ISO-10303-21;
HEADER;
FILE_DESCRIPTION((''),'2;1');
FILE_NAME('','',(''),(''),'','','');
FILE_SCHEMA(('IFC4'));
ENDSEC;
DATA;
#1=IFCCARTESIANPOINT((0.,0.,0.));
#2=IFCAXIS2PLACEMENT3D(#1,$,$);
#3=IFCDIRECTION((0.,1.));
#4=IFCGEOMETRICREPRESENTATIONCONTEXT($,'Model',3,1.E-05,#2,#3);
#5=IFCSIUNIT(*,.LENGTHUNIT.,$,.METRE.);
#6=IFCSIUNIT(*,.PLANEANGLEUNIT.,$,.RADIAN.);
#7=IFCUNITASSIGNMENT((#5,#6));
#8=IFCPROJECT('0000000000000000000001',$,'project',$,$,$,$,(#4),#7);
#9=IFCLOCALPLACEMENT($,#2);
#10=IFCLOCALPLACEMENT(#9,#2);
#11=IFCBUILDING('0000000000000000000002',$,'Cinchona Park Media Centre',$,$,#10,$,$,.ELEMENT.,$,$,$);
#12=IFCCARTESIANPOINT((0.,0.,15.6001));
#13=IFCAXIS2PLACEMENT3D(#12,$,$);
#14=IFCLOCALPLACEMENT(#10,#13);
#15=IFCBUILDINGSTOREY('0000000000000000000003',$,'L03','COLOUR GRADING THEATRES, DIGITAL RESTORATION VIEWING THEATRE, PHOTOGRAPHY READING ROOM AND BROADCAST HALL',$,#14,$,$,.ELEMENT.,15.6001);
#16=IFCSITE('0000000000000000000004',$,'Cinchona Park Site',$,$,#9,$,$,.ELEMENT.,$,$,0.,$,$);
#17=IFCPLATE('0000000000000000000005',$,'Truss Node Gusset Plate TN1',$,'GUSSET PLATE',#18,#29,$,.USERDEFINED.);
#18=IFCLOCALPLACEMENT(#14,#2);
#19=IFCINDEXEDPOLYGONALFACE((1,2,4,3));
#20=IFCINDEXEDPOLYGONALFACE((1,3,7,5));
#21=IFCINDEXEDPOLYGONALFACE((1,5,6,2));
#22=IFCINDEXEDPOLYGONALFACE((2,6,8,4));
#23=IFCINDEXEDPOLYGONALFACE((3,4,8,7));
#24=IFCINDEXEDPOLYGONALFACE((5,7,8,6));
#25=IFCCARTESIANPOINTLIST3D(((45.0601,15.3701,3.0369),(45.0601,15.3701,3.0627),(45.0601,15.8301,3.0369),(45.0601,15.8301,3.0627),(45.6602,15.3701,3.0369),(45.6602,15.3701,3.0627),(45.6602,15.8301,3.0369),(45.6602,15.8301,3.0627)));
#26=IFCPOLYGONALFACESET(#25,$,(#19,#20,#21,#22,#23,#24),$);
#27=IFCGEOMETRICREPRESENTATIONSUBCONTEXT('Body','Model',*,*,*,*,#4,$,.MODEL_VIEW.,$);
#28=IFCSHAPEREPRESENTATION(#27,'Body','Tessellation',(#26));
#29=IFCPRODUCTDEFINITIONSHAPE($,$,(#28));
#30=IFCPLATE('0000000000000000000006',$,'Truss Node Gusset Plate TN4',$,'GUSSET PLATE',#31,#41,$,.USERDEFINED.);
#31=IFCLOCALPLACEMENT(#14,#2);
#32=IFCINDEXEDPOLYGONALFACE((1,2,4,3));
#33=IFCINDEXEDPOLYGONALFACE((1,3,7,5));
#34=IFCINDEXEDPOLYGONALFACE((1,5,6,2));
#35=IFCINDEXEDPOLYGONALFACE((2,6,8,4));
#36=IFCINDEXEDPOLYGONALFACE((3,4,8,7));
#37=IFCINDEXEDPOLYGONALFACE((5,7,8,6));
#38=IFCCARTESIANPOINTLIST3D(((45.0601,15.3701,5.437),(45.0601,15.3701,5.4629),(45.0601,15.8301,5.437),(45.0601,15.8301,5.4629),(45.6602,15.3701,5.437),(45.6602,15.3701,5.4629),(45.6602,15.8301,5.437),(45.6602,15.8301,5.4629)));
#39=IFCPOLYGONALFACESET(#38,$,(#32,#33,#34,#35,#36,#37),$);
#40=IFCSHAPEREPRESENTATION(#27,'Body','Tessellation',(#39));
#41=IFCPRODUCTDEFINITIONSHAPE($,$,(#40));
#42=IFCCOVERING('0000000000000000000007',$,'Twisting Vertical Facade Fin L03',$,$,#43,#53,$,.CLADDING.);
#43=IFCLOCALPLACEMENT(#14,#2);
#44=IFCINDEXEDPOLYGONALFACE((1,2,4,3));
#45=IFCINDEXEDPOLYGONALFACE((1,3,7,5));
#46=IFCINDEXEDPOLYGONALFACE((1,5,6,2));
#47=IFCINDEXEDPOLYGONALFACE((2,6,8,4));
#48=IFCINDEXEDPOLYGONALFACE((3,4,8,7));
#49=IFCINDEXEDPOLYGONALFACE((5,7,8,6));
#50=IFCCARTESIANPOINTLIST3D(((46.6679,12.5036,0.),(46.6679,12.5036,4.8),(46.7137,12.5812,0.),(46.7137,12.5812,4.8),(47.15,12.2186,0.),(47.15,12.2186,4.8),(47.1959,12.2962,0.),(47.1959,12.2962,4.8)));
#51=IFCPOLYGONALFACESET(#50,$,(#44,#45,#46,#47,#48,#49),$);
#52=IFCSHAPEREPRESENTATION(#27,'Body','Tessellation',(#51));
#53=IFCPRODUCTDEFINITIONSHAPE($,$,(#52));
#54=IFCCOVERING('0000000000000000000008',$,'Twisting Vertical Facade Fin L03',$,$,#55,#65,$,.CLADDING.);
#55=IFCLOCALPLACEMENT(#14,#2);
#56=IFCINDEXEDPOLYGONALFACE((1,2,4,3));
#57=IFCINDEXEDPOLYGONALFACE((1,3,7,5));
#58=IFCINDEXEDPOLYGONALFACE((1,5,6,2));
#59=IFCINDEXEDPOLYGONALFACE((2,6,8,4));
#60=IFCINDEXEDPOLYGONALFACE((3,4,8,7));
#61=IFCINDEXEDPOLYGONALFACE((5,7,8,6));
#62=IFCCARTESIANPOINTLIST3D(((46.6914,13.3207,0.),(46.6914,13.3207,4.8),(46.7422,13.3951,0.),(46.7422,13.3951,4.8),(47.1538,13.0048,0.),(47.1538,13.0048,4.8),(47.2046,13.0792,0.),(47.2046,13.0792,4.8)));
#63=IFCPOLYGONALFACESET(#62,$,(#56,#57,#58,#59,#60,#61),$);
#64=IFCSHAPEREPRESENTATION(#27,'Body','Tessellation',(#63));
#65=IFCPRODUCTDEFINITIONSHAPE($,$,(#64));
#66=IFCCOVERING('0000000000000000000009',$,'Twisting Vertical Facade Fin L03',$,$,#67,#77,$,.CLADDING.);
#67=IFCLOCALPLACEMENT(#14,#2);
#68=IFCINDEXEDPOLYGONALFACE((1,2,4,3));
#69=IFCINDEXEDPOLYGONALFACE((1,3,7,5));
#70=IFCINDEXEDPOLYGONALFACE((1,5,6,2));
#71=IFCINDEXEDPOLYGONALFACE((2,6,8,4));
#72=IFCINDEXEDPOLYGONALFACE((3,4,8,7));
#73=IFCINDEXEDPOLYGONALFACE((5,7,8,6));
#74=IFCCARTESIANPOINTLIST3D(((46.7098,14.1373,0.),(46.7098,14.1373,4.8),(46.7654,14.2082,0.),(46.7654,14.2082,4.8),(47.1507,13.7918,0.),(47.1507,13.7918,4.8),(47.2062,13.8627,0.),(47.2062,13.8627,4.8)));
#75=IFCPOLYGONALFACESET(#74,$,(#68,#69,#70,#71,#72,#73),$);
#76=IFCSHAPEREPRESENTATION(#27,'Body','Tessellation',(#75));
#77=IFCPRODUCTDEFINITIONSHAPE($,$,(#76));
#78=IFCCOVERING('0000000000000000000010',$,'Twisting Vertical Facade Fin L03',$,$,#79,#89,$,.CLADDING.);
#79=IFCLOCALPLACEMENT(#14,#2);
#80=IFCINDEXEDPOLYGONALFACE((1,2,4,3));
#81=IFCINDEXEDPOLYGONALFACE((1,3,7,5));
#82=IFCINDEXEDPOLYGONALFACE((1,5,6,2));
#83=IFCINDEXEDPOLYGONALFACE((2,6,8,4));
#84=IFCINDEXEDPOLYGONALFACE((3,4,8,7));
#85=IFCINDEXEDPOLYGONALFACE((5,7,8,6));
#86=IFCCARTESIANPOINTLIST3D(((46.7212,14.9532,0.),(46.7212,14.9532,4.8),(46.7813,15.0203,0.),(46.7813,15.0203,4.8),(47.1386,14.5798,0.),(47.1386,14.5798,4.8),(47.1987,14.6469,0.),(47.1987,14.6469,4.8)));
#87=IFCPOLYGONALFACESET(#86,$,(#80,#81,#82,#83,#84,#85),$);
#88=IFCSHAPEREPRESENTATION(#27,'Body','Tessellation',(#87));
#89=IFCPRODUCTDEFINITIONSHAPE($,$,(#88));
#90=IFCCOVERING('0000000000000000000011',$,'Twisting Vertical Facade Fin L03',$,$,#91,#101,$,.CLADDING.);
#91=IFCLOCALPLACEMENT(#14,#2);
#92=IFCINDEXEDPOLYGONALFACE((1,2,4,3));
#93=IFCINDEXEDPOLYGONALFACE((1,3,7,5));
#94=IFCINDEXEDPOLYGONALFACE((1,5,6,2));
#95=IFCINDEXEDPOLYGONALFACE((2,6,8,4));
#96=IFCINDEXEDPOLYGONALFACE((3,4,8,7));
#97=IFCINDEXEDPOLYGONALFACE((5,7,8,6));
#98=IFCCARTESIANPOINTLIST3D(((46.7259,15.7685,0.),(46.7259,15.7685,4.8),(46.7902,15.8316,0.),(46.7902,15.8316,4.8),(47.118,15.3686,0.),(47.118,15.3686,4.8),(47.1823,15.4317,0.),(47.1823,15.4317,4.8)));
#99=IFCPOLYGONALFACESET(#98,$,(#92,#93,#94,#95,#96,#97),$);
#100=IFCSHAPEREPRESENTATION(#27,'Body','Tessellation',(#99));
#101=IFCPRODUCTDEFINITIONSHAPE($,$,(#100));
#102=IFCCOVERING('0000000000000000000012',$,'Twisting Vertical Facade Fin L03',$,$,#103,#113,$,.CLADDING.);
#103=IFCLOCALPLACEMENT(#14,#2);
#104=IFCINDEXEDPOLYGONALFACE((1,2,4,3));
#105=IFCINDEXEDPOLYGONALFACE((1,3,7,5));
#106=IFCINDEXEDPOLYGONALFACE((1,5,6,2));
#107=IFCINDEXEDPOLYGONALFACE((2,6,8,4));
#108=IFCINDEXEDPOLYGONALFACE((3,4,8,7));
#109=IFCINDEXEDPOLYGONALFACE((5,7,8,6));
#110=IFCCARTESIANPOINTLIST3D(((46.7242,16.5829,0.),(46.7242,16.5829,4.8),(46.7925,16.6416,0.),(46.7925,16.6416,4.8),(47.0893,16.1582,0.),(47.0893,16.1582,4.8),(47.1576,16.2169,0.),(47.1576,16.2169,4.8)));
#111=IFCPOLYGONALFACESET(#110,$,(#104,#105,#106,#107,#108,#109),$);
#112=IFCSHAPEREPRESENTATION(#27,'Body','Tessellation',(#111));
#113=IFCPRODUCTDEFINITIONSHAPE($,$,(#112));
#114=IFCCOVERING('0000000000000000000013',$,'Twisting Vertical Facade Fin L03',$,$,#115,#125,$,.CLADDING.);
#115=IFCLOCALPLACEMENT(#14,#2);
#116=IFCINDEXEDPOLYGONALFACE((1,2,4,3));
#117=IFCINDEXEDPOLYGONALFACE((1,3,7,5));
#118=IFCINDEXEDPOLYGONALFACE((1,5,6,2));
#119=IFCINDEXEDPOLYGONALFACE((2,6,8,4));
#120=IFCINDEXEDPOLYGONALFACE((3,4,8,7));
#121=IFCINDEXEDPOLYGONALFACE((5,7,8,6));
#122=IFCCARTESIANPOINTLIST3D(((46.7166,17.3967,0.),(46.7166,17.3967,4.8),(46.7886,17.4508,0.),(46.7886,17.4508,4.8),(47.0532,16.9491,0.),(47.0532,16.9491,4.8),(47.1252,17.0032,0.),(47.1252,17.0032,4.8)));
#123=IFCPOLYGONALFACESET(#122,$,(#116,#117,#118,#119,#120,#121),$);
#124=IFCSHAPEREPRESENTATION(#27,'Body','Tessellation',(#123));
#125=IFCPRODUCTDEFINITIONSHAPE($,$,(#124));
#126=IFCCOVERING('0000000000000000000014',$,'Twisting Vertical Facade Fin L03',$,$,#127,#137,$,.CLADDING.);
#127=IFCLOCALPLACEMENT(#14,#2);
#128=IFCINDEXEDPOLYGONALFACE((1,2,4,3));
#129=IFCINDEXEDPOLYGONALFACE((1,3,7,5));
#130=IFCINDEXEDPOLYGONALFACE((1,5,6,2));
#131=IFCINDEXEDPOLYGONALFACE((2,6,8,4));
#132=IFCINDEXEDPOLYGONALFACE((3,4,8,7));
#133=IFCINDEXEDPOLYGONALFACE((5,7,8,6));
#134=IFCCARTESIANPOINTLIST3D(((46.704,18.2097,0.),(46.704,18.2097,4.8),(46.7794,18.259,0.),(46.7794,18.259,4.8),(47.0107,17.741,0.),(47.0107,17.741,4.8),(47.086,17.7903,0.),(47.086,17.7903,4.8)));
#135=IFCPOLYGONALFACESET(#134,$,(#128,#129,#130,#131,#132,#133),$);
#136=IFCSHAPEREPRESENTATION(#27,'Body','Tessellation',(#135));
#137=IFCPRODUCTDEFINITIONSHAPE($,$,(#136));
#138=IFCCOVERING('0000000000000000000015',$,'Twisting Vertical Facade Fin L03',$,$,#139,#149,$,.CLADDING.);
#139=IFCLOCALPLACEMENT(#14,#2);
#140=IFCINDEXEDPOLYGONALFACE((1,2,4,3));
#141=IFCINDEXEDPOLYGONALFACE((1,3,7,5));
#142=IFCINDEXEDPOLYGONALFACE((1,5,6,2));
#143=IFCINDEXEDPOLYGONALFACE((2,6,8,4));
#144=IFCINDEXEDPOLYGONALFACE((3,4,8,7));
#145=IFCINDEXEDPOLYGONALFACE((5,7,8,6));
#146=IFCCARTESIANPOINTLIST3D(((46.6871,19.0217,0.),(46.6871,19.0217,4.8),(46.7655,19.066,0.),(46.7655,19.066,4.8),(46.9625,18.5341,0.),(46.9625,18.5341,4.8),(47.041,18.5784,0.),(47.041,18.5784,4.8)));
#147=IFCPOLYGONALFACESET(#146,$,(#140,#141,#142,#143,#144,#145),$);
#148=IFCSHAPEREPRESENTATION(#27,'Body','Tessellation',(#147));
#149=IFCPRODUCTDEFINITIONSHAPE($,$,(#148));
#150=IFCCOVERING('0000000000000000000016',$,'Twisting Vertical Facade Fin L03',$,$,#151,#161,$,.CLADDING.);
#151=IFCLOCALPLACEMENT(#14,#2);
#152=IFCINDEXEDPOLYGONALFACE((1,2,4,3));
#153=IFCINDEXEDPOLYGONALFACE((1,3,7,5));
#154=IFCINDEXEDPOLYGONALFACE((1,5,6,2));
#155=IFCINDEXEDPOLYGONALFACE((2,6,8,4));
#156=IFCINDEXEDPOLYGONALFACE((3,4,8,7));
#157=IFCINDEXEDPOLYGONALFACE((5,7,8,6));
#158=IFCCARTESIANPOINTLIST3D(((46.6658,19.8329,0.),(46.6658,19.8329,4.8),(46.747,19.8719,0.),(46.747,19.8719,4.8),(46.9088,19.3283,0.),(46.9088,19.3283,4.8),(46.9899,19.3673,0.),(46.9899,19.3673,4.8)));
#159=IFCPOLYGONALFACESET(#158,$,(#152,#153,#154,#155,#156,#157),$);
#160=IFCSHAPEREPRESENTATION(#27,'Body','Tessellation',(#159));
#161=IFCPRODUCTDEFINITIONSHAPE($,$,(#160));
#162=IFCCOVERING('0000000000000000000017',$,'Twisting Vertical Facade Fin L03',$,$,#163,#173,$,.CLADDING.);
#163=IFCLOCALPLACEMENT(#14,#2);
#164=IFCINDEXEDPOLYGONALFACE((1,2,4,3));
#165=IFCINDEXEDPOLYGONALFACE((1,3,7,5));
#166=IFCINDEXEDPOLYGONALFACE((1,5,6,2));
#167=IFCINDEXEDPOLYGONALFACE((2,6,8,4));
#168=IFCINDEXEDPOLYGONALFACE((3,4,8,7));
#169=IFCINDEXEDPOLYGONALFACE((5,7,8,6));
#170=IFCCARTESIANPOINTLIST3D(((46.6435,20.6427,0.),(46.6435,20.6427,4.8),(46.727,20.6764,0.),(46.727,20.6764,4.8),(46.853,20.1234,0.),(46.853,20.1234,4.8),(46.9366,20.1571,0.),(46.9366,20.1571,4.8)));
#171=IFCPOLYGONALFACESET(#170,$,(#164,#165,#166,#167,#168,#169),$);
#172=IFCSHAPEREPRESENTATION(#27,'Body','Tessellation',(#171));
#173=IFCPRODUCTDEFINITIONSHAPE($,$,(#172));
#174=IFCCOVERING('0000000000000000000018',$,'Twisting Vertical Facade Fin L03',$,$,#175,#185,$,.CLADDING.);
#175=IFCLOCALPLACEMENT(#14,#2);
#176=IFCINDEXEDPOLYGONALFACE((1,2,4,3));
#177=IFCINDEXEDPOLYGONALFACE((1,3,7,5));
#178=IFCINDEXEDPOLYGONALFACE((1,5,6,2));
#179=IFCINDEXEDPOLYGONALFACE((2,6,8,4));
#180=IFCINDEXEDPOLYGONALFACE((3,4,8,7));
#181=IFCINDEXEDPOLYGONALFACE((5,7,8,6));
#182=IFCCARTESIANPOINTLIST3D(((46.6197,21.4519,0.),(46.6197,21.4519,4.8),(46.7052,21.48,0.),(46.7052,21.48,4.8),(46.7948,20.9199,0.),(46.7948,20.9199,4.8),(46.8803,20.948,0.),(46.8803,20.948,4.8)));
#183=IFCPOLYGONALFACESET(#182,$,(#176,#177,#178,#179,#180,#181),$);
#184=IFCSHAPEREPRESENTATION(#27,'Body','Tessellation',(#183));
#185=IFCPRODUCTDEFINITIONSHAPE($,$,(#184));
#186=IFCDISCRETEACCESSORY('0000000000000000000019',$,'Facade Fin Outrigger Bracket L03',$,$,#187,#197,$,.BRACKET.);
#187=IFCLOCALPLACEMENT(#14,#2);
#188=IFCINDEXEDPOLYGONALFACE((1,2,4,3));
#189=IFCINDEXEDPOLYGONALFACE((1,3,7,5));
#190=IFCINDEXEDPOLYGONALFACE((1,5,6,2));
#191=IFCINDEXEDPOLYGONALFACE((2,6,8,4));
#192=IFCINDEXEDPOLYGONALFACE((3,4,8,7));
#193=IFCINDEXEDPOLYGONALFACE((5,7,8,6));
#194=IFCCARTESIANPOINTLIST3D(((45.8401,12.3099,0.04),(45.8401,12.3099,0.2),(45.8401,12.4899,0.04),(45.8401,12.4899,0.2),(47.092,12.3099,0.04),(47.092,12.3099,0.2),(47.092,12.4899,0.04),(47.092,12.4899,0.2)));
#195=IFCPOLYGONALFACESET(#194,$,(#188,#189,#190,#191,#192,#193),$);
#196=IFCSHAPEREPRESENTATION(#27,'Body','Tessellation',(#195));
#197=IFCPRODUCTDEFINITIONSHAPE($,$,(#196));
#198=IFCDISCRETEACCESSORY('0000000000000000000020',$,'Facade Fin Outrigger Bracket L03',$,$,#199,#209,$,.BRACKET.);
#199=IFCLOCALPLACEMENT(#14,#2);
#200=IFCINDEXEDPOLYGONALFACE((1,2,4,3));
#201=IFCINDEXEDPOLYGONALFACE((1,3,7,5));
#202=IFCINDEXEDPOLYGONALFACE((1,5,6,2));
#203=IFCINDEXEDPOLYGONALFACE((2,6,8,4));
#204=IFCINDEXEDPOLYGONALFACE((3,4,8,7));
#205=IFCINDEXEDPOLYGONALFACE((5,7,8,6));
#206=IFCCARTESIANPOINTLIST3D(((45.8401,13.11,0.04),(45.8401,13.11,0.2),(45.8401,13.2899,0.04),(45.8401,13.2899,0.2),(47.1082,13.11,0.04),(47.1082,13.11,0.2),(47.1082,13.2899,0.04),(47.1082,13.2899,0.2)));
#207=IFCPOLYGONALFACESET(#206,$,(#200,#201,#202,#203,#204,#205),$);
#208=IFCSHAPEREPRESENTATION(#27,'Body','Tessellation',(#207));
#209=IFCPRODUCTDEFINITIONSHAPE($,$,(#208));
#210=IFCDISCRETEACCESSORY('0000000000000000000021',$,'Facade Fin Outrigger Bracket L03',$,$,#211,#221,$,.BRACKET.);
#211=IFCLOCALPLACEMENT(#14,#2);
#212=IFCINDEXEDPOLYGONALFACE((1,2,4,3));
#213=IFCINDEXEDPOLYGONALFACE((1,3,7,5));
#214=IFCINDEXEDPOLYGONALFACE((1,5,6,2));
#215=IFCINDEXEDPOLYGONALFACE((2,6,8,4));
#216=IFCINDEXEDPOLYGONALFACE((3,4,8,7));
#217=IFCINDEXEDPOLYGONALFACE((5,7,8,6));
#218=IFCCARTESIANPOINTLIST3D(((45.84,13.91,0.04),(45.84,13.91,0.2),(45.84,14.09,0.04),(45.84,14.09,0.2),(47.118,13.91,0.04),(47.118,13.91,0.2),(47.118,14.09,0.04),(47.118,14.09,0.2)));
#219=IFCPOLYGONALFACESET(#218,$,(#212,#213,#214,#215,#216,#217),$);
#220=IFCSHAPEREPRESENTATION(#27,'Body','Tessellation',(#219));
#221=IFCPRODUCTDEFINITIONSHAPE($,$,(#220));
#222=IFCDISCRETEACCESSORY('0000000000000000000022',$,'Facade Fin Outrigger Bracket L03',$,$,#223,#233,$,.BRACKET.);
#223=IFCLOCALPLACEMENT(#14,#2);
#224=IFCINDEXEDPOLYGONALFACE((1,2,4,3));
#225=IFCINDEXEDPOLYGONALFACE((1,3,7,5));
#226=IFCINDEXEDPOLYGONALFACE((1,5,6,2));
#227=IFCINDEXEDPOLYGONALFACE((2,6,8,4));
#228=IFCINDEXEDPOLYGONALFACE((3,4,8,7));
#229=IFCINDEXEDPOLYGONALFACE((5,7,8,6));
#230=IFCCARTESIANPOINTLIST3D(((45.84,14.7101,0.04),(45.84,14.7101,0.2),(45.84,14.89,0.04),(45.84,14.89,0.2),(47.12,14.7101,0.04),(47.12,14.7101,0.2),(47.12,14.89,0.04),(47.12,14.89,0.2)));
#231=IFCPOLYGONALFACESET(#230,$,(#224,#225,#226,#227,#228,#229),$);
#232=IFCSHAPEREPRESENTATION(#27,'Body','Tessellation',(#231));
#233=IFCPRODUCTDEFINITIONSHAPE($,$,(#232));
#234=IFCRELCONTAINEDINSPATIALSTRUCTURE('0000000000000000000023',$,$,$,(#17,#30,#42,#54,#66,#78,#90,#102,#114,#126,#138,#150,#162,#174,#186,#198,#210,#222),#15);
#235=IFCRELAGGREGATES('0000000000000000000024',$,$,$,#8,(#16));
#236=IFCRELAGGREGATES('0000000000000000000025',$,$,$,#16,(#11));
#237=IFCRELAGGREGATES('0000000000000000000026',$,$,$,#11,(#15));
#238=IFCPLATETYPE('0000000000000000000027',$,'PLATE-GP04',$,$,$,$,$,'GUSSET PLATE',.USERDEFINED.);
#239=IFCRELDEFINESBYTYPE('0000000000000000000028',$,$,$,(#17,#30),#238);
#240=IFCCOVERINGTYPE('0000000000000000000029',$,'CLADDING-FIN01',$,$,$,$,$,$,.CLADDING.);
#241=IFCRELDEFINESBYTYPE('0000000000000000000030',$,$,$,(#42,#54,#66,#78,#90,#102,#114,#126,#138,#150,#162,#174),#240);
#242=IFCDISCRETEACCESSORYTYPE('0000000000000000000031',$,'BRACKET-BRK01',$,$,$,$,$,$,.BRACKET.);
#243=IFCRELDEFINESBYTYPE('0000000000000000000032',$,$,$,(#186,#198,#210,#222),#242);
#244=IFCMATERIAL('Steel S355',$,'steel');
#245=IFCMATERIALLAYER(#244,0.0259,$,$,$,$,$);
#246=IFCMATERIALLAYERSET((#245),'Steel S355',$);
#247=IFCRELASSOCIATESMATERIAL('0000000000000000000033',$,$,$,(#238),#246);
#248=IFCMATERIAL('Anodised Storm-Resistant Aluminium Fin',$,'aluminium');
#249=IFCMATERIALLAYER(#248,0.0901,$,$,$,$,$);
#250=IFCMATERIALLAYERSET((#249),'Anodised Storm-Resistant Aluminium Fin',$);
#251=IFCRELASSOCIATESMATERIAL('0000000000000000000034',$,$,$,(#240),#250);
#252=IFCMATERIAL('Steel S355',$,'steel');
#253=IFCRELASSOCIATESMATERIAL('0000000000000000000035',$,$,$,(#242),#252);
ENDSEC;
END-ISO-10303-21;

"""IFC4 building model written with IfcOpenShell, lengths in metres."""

from ifc_helpers import new_model, si_unit, direction, frame, origin, origin_2d, place, context, subcontext, project, spatial, rectangle, extrude, material, layer, layer_set, type_object, element, save


model = new_model("IFC4")

# Units and contexts
model_context = context("Model", 3, precision=1e-05, world=origin(), true_north=direction((0.0, 1.0)))
body_context = subcontext(model_context, "Body", "Model", "MODEL_VIEW")
ifc_project = project(units=[si_unit("LENGTHUNIT", "METRE"), si_unit("PLANEANGLEUNIT", "RADIAN")], contexts=[model_context])

# Site, building, storey
site_placement = place(None, origin())
site = spatial("IfcSite", under=ifc_project, at=site_placement, Name="Cinchona Park Site", CompositionType="ELEMENT", RefElevation=0.0)
building_placement = place(site_placement, origin())
building = spatial("IfcBuilding", under=site, at=building_placement, Name="Cinchona Park Media Centre", CompositionType="ELEMENT")
storey_placement = place(building_placement, frame((0.0, 0.0, 15.6001)))
storey = spatial("IfcBuildingStorey", under=building, at=storey_placement, Name="L03", Description="COLOUR GRADING THEATRES, DIGITAL RESTORATION VIEWING THEATRE, PHOTOGRAPHY READING ROOM AND BROADCAST HALL", CompositionType="ELEMENT", Elevation=15.6001)

# Plates
ifc_material_1 = material(Name="Steel S355", Category="steel")
ifc_layer_1 = layer(ifc_material_1, 0.0259)
ifc_layer_set_1 = layer_set([ifc_layer_1], Name="Steel S355")
plate_type_1 = type_object("IfcPlateType", Name="PLATE-GP04", ElementType="GUSSET PLATE", PredefinedType="USERDEFINED", material=ifc_layer_set_1)
for number, where, z_axis, x_axis, name in (
    (1, (45.3601, 15.6001, 3.0369), (0.0, 0.0, 1.0), (1.0, 0.0, 0.0), "Truss Node Gusset Plate TN1"),
    (2, (45.3601, 15.6001, 5.437), (0.0, 0.0, 1.0), (1.0, 0.0, 0.0), "Truss Node Gusset Plate TN4"),
):
    element("IfcPlate", number, at=place(storey_placement, frame(where, z_axis=z_axis, x_axis=x_axis)), inside=storey, type_object=plate_type_1, Name=name, ObjectType="GUSSET PLATE", PredefinedType="USERDEFINED", context=body_context, shape_type="SweptSolid", body=[
        extrude(rectangle(XDim=0.6001, YDim=0.46, at=origin_2d()), origin(), (0.0, 0.0, 1.0), 0.0259),
    ])

# Coverings
ifc_material_2 = material(Name="Anodised Storm-Resistant Aluminium Fin", Category="aluminium")
ifc_layer_2 = layer(ifc_material_2, 0.0901)
ifc_layer_set_2 = layer_set([ifc_layer_2], Name="Anodised Storm-Resistant Aluminium Fin")
covering_type = type_object("IfcCoveringType", Name="CLADDING-FIN01", PredefinedType="CLADDING", material=ifc_layer_set_2)
for number, where, z_axis, x_axis, name in (
    (3, (46.9319, 12.3999, 0.0), (0.0, 0.0, 1.0), (-0.860831, 0.508891, 0.0), "Twisting Vertical Facade Fin L03"),
    (4, (46.948, 13.2, 0.0), (0.0, 0.0, 1.0), (-0.825705, 0.564103, 0.0), "Twisting Vertical Facade Fin L03"),
    (5, (46.958, 14.0, 0.0), (0.0, 0.0, 1.0), (-0.78715, 0.616761, 0.0), "Twisting Vertical Facade Fin L03"),
    (6, (46.96, 14.8, 0.0), (0.0, 0.0, 1.0), (-0.745243, 0.666793, 0.0), "Twisting Vertical Facade Fin L03"),
    (7, (46.9541, 15.6001, 0.0), (0.0, 0.0, 1.0), (-0.700037, 0.714106, 0.0), "Twisting Vertical Facade Fin L03"),
    (8, (46.9409, 16.3999, 0.0), (0.0, 0.0, 1.0), (-0.651966, 0.758248, 0.0), "Twisting Vertical Facade Fin L03"),
    (9, (46.9209, 17.2, 0.0), (0.0, 0.0, 1.0), (-0.600978, 0.799265, 0.0), "Twisting Vertical Facade Fin L03"),
    (10, (46.895, 18.0, 0.0), (0.0, 0.0, 1.0), (-0.547563, 0.836764, 0.0), "Twisting Vertical Facade Fin L03"),
    (11, (46.864, 18.8, 0.0), (0.0, 0.0, 1.0), (-0.491816, 0.870699, 0.0), "Twisting Vertical Facade Fin L03"),
    (12, (46.8279, 19.6001, 0.0), (0.0, 0.0, 1.0), (-0.433816, 0.901001, 0.0), "Twisting Vertical Facade Fin L03"),
    (13, (46.79, 20.3999, 0.0), (0.0, 0.0, 1.0), (-0.374121, 0.92738, 0.0), "Twisting Vertical Facade Fin L03"),
    (14, (46.75, 21.2, 0.0), (0.0, 0.0, 1.0), (-0.312667, 0.949863, 0.0), "Twisting Vertical Facade Fin L03"),
):
    element("IfcCovering", number, at=place(storey_placement, frame(where, z_axis=z_axis, x_axis=x_axis)), inside=storey, type_object=covering_type, Name=name, PredefinedType="CLADDING", context=body_context, shape_type="SweptSolid", body=[
        extrude(rectangle(XDim=0.5601, YDim=0.0901, at=origin_2d()), origin(), (0.0, 0.0, 1.0), 4.8),
    ])

# Discrete accessories
ifc_material_3 = material(Name="Steel S355", Category="steel")
discrete_accessory_type = type_object("IfcDiscreteAccessoryType", Name="BRACKET-BRK01", PredefinedType="BRACKET", material=ifc_material_3)
discrete_accessory_1_placement = place(storey_placement, frame((46.4661, 12.3999, 0.04), z_axis=(0.0, 0.0, 1.0), x_axis=(0.0, 1.0, 0.0)))
element("IfcDiscreteAccessory", 15, at=discrete_accessory_1_placement, inside=storey, type_object=discrete_accessory_type, Name="Facade Fin Outrigger Bracket L03", PredefinedType="BRACKET", context=body_context, shape_type="SweptSolid", body=[
    extrude(rectangle(XDim=0.1799, YDim=1.252, at=origin_2d()), origin(), (0.0, 0.0, 1.0), 0.1599),
])
discrete_accessory_2_placement = place(storey_placement, frame((46.4741, 13.2, 0.04), z_axis=(0.0, 0.0, 1.0), x_axis=(0.0, 1.0, 0.0)))
element("IfcDiscreteAccessory", 16, at=discrete_accessory_2_placement, inside=storey, type_object=discrete_accessory_type, Name="Facade Fin Outrigger Bracket L03", PredefinedType="BRACKET", context=body_context, shape_type="SweptSolid", body=[
    extrude(rectangle(XDim=0.1799, YDim=1.2681, at=origin_2d()), origin(), (0.0, 0.0, 1.0), 0.1599),
])
discrete_accessory_3_placement = place(storey_placement, frame((46.479, 14.0, 0.04), z_axis=(0.0, 0.0, 1.0), x_axis=(0.0, 1.0, 0.0)))
element("IfcDiscreteAccessory", 17, at=discrete_accessory_3_placement, inside=storey, type_object=discrete_accessory_type, Name="Facade Fin Outrigger Bracket L03", PredefinedType="BRACKET", context=body_context, shape_type="SweptSolid", body=[
    extrude(rectangle(XDim=0.1799, YDim=1.2781, at=origin_2d()), origin(), (0.0, 0.0, 1.0), 0.1599),
])
discrete_accessory_4_placement = place(storey_placement, frame((46.48, 14.8, 0.04), z_axis=(0.0, 0.0, 1.0), x_axis=(0.0, 1.0, 0.0)))
element("IfcDiscreteAccessory", 18, at=discrete_accessory_4_placement, inside=storey, type_object=discrete_accessory_type, Name="Facade Fin Outrigger Bracket L03", PredefinedType="BRACKET", context=body_context, shape_type="SweptSolid", body=[
    extrude(rectangle(XDim=0.1799, YDim=1.28, at=origin_2d()), origin(), (0.0, 0.0, 1.0), 0.1599),
])

save(model, "model.ifc")
